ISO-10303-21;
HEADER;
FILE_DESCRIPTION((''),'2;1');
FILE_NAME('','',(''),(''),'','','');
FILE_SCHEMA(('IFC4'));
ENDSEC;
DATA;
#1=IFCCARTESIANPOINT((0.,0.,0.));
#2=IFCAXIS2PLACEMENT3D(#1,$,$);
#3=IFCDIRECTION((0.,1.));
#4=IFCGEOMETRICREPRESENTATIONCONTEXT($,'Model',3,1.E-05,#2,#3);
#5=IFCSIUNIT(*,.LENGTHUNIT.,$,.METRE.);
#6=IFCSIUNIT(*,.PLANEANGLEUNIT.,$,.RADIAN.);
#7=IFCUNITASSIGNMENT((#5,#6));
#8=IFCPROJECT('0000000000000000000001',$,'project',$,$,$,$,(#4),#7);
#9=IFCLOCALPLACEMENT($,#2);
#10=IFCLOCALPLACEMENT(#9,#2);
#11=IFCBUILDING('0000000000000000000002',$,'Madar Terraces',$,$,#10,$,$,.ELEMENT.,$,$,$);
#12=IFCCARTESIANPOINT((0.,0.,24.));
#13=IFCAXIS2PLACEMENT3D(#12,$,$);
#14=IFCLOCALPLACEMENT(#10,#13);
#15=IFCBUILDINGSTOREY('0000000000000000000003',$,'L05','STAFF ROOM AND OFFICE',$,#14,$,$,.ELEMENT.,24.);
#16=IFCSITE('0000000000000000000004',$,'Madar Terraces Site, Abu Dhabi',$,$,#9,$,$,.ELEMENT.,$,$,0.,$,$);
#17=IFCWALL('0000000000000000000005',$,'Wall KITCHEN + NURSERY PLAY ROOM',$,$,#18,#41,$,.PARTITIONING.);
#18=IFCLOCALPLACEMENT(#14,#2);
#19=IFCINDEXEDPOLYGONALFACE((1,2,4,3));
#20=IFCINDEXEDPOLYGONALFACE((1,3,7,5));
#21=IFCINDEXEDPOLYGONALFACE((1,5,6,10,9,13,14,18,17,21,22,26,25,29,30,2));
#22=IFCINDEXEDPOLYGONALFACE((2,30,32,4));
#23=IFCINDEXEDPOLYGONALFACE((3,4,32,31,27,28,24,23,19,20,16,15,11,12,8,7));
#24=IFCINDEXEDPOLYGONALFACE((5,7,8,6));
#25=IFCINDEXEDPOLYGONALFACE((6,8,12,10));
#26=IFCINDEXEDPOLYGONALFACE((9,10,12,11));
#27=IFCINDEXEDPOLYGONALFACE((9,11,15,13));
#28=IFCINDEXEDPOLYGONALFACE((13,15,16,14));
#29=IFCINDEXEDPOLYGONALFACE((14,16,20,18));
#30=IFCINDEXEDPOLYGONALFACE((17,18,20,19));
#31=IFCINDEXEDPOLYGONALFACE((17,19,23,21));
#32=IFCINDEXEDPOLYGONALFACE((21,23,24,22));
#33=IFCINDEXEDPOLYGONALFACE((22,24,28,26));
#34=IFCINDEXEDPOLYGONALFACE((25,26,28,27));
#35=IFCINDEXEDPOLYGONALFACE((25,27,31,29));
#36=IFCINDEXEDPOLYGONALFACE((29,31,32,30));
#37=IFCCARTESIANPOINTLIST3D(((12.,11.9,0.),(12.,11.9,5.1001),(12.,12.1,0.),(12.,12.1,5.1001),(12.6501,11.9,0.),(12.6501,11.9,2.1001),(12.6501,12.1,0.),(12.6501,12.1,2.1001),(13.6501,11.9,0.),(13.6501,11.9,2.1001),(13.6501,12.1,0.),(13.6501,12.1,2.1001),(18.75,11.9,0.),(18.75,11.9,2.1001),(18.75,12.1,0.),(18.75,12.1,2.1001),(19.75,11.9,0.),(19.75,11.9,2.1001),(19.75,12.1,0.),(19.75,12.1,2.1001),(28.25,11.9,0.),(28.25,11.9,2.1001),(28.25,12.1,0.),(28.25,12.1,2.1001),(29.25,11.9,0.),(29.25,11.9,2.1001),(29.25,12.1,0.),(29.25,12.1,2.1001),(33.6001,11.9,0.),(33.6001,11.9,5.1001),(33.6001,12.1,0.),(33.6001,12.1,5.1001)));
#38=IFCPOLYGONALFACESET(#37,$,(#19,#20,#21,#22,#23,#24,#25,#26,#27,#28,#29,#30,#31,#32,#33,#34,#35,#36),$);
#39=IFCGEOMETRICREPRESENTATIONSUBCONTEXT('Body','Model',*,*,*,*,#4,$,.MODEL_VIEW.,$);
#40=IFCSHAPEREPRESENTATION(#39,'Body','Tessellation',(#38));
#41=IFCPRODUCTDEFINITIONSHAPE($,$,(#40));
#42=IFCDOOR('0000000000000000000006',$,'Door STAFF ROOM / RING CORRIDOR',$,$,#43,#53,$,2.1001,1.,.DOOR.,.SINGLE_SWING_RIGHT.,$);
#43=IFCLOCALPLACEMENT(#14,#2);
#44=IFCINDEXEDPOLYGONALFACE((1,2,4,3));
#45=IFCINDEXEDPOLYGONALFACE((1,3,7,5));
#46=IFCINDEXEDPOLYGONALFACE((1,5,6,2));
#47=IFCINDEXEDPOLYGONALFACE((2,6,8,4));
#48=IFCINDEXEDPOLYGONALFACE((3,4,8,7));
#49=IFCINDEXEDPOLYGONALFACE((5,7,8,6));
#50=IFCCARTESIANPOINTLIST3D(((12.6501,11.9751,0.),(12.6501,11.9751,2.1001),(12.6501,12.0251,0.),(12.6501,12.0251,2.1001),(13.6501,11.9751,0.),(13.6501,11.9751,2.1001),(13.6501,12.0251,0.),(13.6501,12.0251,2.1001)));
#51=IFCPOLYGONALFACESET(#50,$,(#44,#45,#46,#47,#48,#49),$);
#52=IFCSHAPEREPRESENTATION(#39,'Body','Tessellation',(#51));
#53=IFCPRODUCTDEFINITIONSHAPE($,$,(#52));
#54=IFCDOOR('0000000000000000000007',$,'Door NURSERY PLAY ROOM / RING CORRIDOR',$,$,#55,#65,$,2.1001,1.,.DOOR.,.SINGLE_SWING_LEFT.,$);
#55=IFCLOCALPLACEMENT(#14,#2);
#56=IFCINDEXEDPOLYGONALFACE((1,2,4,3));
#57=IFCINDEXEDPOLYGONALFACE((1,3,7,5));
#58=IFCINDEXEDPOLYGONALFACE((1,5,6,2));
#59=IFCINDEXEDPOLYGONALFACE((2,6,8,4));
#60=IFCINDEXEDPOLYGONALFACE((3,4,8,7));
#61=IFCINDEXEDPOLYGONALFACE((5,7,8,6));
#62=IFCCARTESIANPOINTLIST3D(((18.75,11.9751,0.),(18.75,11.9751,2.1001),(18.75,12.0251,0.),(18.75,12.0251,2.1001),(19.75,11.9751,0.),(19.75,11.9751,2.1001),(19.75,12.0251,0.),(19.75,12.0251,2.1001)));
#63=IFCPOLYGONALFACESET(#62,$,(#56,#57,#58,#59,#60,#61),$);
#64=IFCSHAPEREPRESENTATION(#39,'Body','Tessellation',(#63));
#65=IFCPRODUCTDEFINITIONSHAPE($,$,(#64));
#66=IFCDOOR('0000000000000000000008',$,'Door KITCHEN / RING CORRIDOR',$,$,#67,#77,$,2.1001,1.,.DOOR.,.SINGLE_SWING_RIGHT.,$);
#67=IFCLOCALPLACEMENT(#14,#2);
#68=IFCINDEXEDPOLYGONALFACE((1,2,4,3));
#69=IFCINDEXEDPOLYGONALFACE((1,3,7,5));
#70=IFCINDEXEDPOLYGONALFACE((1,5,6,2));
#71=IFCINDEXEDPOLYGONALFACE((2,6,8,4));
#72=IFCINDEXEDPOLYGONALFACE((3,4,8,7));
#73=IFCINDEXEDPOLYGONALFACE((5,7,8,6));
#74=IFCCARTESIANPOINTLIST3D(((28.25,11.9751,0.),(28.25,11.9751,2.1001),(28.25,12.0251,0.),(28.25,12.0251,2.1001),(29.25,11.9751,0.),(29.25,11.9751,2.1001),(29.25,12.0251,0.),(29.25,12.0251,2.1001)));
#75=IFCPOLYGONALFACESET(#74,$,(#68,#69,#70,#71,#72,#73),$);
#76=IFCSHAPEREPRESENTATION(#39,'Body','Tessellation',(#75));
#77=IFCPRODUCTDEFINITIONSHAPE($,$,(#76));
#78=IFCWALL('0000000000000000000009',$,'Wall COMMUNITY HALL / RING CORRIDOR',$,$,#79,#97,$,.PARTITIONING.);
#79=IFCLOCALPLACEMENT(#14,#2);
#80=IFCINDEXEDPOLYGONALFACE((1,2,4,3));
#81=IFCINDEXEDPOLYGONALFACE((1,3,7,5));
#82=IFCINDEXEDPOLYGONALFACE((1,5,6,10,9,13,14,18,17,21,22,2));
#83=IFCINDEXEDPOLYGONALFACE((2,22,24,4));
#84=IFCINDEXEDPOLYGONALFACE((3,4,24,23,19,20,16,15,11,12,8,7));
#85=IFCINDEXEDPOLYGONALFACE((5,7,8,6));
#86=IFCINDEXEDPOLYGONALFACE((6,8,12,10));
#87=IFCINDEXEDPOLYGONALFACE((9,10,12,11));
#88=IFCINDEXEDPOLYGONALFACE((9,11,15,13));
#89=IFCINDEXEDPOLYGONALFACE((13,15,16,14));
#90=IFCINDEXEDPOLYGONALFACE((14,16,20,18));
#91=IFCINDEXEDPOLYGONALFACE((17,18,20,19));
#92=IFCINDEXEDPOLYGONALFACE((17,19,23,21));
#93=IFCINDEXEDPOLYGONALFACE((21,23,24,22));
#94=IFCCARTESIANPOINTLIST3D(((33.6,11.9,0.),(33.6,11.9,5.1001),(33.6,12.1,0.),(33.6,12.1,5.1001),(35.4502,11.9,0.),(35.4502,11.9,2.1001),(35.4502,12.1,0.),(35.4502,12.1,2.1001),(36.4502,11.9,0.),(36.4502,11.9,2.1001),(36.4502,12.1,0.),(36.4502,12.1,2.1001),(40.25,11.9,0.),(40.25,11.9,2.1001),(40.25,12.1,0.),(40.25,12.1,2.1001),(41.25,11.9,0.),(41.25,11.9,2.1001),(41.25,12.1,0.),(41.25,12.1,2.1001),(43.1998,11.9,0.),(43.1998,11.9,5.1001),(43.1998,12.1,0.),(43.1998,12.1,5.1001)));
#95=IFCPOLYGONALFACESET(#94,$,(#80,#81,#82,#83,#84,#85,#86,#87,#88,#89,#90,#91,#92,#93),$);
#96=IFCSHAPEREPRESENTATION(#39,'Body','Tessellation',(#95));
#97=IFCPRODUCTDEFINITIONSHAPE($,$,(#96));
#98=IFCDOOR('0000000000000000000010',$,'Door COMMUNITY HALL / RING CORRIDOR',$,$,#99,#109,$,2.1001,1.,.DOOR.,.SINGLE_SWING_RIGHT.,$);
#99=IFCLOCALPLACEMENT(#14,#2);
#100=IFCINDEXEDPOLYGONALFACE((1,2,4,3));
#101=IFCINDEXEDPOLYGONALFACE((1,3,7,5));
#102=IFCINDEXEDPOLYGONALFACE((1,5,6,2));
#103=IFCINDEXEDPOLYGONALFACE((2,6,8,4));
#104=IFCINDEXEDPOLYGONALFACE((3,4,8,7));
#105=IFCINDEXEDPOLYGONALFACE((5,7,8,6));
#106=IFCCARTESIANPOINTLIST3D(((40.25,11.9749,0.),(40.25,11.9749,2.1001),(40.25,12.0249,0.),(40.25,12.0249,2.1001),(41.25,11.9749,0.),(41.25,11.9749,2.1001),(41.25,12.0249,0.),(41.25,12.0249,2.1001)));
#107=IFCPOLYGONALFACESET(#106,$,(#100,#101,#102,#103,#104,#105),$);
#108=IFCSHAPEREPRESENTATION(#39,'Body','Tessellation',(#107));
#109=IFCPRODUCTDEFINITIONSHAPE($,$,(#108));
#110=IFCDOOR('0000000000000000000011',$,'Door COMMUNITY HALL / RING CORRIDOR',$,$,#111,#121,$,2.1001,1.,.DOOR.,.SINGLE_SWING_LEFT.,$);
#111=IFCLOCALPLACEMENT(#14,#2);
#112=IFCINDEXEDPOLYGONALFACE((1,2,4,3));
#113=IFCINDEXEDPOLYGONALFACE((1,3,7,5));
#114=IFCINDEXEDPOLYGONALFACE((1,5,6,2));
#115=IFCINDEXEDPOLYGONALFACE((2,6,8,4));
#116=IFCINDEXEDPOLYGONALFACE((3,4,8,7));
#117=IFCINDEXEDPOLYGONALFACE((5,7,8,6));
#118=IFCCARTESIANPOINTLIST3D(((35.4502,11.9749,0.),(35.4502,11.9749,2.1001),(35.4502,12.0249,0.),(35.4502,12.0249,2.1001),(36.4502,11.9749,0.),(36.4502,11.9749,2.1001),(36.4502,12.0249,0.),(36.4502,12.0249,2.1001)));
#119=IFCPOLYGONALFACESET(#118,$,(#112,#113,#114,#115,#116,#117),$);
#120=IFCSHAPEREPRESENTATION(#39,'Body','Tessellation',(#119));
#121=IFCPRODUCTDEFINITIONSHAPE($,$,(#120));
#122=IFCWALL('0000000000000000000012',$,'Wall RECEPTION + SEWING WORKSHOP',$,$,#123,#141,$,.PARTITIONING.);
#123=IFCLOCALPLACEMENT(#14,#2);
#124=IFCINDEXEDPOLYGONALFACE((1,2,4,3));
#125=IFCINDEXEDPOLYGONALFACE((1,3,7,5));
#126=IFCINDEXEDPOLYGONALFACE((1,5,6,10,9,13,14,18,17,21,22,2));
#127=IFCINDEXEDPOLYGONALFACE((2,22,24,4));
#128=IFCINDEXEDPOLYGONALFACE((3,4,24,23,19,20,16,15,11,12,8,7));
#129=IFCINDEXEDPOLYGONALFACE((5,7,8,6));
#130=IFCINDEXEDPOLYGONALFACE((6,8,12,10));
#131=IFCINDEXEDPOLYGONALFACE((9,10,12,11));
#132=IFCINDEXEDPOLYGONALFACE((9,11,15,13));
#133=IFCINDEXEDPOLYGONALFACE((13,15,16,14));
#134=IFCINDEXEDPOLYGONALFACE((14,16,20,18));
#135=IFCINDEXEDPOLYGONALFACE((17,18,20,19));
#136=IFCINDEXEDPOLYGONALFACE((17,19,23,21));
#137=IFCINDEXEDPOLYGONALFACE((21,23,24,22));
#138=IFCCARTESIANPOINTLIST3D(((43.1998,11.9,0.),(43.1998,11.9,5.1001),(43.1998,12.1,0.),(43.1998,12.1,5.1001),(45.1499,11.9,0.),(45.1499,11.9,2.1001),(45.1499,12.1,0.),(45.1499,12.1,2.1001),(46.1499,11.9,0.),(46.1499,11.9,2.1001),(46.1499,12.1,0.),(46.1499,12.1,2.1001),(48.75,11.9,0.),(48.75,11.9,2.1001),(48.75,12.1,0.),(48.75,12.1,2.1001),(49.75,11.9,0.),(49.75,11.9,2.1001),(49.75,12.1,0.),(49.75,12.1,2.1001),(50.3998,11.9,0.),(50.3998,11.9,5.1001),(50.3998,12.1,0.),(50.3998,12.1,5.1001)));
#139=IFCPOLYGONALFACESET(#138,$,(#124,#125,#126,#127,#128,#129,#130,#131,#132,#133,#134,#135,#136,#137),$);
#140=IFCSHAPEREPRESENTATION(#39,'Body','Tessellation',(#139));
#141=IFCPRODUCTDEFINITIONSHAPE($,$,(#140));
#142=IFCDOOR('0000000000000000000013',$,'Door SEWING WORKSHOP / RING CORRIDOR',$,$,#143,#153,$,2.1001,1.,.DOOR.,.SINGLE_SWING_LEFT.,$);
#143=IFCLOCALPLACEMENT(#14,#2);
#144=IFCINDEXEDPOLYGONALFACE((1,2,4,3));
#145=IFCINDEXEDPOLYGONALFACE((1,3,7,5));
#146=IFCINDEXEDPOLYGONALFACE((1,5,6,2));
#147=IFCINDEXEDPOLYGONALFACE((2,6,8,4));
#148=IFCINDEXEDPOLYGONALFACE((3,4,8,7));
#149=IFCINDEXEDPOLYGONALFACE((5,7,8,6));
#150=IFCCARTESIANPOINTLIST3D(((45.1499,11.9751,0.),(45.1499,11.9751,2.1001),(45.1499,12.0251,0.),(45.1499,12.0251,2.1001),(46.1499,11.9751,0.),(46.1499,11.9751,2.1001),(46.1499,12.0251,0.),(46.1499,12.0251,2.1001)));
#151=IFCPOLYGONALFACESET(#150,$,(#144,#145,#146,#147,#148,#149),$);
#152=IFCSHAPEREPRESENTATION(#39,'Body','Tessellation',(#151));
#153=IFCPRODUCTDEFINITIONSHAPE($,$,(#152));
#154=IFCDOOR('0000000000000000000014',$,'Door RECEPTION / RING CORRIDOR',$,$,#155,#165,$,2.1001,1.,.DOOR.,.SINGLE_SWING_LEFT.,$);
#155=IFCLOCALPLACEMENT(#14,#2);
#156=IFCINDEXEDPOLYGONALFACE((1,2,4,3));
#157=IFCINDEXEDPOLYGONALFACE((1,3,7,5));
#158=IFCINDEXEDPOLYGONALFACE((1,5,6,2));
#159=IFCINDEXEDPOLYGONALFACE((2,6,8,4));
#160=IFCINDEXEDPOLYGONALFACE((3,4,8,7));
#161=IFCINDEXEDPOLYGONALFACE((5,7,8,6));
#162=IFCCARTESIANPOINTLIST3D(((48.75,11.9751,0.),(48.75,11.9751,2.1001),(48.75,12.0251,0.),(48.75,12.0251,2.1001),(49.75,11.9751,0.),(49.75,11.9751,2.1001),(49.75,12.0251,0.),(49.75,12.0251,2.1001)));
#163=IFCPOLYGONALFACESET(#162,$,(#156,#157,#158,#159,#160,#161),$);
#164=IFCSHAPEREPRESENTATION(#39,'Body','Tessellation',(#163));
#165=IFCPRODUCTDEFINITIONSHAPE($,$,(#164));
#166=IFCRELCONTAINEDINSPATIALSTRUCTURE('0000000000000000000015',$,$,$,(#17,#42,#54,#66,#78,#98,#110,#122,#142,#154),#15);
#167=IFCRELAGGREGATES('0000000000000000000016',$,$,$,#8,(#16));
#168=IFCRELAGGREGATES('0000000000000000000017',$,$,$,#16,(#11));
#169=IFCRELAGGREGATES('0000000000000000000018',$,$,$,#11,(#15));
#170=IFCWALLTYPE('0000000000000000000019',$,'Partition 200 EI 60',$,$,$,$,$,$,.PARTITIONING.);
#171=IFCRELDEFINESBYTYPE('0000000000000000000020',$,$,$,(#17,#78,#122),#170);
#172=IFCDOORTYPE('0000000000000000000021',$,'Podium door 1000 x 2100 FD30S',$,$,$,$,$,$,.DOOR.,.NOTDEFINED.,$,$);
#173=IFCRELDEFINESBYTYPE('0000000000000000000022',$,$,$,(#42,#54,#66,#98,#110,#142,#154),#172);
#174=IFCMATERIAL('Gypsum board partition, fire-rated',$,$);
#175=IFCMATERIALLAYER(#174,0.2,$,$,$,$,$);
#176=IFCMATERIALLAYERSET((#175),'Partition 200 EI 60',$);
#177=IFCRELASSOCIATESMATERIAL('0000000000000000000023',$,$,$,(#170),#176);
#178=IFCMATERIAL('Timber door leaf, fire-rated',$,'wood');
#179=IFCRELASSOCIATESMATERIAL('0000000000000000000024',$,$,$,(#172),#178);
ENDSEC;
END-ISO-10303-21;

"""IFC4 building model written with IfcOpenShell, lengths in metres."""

from ifc_helpers import new_model, si_unit, direction, frame, frame_2d, origin, place, context, subcontext, project, spatial, rectangle, extrude, material, layer, layer_set, type_object, element, fill, save


model = new_model("IFC4")

# Units and contexts
model_context = context("Model", 3, precision=1e-05, world=origin(), true_north=direction((0.0, 1.0)))
body_context = subcontext(model_context, "Body", "Model", "MODEL_VIEW")
ifc_project = project(units=[si_unit("LENGTHUNIT", "METRE"), si_unit("PLANEANGLEUNIT", "RADIAN")], contexts=[model_context])

# Site, building, storey
site_placement = place(None, origin())
site = spatial("IfcSite", under=ifc_project, at=site_placement, Name="Madar Terraces Site, Abu Dhabi", CompositionType="ELEMENT", RefElevation=0.0)
building_placement = place(site_placement, origin())
building = spatial("IfcBuilding", under=site, at=building_placement, Name="Madar Terraces", CompositionType="ELEMENT")
storey_placement = place(building_placement, frame((0.0, 0.0, 24.0)))
storey = spatial("IfcBuildingStorey", under=building, at=storey_placement, Name="L05", Description="STAFF ROOM AND OFFICE", CompositionType="ELEMENT", Elevation=24.0)

# Shared definitions
ifc_material_1 = material(Name="Gypsum board partition, fire-rated")
ifc_layer_1 = layer(ifc_material_1, 0.2)
ifc_layer_set_1 = layer_set([ifc_layer_1], Name="Partition 200 EI 60")
wall_type_1 = type_object("IfcWallType", Name="Partition 200 EI 60", PredefinedType="PARTITIONING", material=ifc_layer_set_1)

# Walls, openings, doors
wall_1_placement = place(storey_placement, frame((33.6001, 12.0, 0.0), z_axis=(0.0, 0.0, 1.0), x_axis=(-1.0, 0.0, 0.0)))
wall_1 = element("IfcWall", 1, at=wall_1_placement, inside=storey, type_object=wall_type_1, Name="Wall KITCHEN + NURSERY PLAY ROOM", PredefinedType="PARTITIONING", context=body_context, shape_type="SweptSolid", body=[
    extrude(rectangle(XDim=21.6001, YDim=0.2, at=frame_2d((10.8, 0.0))), origin(), (0.0, 0.0, 1.0), 5.1001),
])
opening_1_placement = place(wall_1_placement, frame((19.95, 0.0, 0.0)))
opening_1 = element("IfcOpeningElement", 2, at=opening_1_placement, cuts=wall_1, PredefinedType="OPENING", context=body_context, shape_type="SweptSolid", body=[
    extrude(rectangle(XDim=1.0, YDim=2.1001, at=frame_2d((0.5, 1.05))), frame((0.0, 0.1099, 0.0), z_axis=(0.0, -1.0, 0.0), x_axis=(1.0, 0.0, 0.0)), (0.0, 0.0, 1.0), 0.22),
])
opening_2_placement = place(wall_1_placement, frame((13.8501, 0.0, 0.0)))
opening_2 = element("IfcOpeningElement", 3, at=opening_2_placement, cuts=wall_1, PredefinedType="OPENING", context=body_context, shape_type="SweptSolid", body=[
    extrude(rectangle(XDim=1.0, YDim=2.1001, at=frame_2d((0.5, 1.05))), frame((0.0, 0.1099, 0.0), z_axis=(0.0, -1.0, 0.0), x_axis=(1.0, 0.0, 0.0)), (0.0, 0.0, 1.0), 0.22),
])
opening_3_placement = place(wall_1_placement, frame((4.3501, 0.0, 0.0)))
opening_3 = element("IfcOpeningElement", 4, at=opening_3_placement, cuts=wall_1, PredefinedType="OPENING", context=body_context, shape_type="SweptSolid", body=[
    extrude(rectangle(XDim=1.0, YDim=2.1001, at=frame_2d((0.5, 1.05))), frame((0.0, 0.1099, 0.0), z_axis=(0.0, -1.0, 0.0), x_axis=(1.0, 0.0, 0.0)), (0.0, 0.0, 1.0), 0.22),
])
ifc_material_2 = material(Name="Timber door leaf, fire-rated", Category="wood")
door_type = type_object("IfcDoorType", Name="Podium door 1000 x 2100 FD30S", OperationType="NOTDEFINED", PredefinedType="DOOR", material=ifc_material_2)
door_1_placement = place(opening_1_placement, origin())
door_1 = element("IfcDoor", 5, at=door_1_placement, inside=storey, type_object=door_type, Name="Door STAFF ROOM / RING CORRIDOR", OperationType="SINGLE_SWING_RIGHT", OverallHeight=2.1001, OverallWidth=1.0, PredefinedType="DOOR", context=body_context, shape_type="SweptSolid", body=[
    extrude(rectangle(XDim=1.0, YDim=2.1001, at=frame_2d((0.5, 1.05))), frame((0.0, 0.0249, 0.0), z_axis=(0.0, -1.0, 0.0), x_axis=(1.0, 0.0, 0.0)), (0.0, 0.0, 1.0), 0.05),
])
fill(opening_1, door_1)
door_2_placement = place(opening_2_placement, origin())
door_2 = element("IfcDoor", 6, at=door_2_placement, inside=storey, type_object=door_type, Name="Door NURSERY PLAY ROOM / RING CORRIDOR", OperationType="SINGLE_SWING_LEFT", OverallHeight=2.1001, OverallWidth=1.0, PredefinedType="DOOR", context=body_context, shape_type="SweptSolid", body=[
    extrude(rectangle(XDim=1.0, YDim=2.1001, at=frame_2d((0.5, 1.05))), frame((0.0, 0.0249, 0.0), z_axis=(0.0, -1.0, 0.0), x_axis=(1.0, 0.0, 0.0)), (0.0, 0.0, 1.0), 0.05),
])
fill(opening_2, door_2)
door_3_placement = place(opening_3_placement, origin())
door_3 = element("IfcDoor", 7, at=door_3_placement, inside=storey, type_object=door_type, Name="Door KITCHEN / RING CORRIDOR", OperationType="SINGLE_SWING_RIGHT", OverallHeight=2.1001, OverallWidth=1.0, PredefinedType="DOOR", context=body_context, shape_type="SweptSolid", body=[
    extrude(rectangle(XDim=1.0, YDim=2.1001, at=frame_2d((0.5, 1.05))), frame((0.0, 0.0249, 0.0), z_axis=(0.0, -1.0, 0.0), x_axis=(1.0, 0.0, 0.0)), (0.0, 0.0, 1.0), 0.05),
])
fill(opening_3, door_3)
wall_2_placement = place(storey_placement, frame((33.6001, 12.0, 0.0), z_axis=(0.0, 0.0, 1.0), x_axis=(1.0, 0.0, 0.0)))
wall_2 = element("IfcWall", 8, at=wall_2_placement, inside=storey, type_object=wall_type_1, Name="Wall COMMUNITY HALL / RING CORRIDOR", PredefinedType="PARTITIONING", context=body_context, shape_type="SweptSolid", body=[
    extrude(rectangle(XDim=9.5999, YDim=0.2, at=frame_2d((4.7998, 0.0))), origin(), (0.0, 0.0, 1.0), 5.1001),
])
opening_4_placement = place(wall_2_placement, frame((6.6499, 0.0, 0.0)))
opening_4 = element("IfcOpeningElement", 9, at=opening_4_placement, cuts=wall_2, PredefinedType="OPENING", context=body_context, shape_type="SweptSolid", body=[
    extrude(rectangle(XDim=1.0, YDim=2.1001, at=frame_2d((0.5, 1.05))), frame((0.0, 0.1099, 0.0), z_axis=(0.0, -1.0, 0.0), x_axis=(1.0, 0.0, 0.0)), (0.0, 0.0, 1.0), 0.22),
])
opening_5_placement = place(wall_2_placement, frame((1.8501, 0.0, 0.0)))
opening_5 = element("IfcOpeningElement", 10, at=opening_5_placement, cuts=wall_2, PredefinedType="OPENING", context=body_context, shape_type="SweptSolid", body=[
    extrude(rectangle(XDim=1.0, YDim=2.1001, at=frame_2d((0.5, 1.05))), frame((0.0, 0.1099, 0.0), z_axis=(0.0, -1.0, 0.0), x_axis=(1.0, 0.0, 0.0)), (0.0, 0.0, 1.0), 0.22),
])
door_4_placement = place(opening_4_placement, origin())
door_4 = element("IfcDoor", 11, at=door_4_placement, inside=storey, type_object=door_type, Name="Door COMMUNITY HALL / RING CORRIDOR", OperationType="SINGLE_SWING_RIGHT", OverallHeight=2.1001, OverallWidth=1.0, PredefinedType="DOOR", context=body_context, shape_type="SweptSolid", body=[
    extrude(rectangle(XDim=1.0, YDim=2.1001, at=frame_2d((0.5, 1.05))), frame((0.0, 0.0249, 0.0), z_axis=(0.0, -1.0, 0.0), x_axis=(1.0, 0.0, 0.0)), (0.0, 0.0, 1.0), 0.05),
])
fill(opening_4, door_4)
door_5_placement = place(opening_5_placement, origin())
door_5 = element("IfcDoor", 12, at=door_5_placement, inside=storey, type_object=door_type, Name="Door COMMUNITY HALL / RING CORRIDOR", OperationType="SINGLE_SWING_LEFT", OverallHeight=2.1001, OverallWidth=1.0, PredefinedType="DOOR", context=body_context, shape_type="SweptSolid", body=[
    extrude(rectangle(XDim=1.0, YDim=2.1001, at=frame_2d((0.5, 1.05))), frame((0.0, 0.0249, 0.0), z_axis=(0.0, -1.0, 0.0), x_axis=(1.0, 0.0, 0.0)), (0.0, 0.0, 1.0), 0.05),
])
fill(opening_5, door_5)
wall_3_placement = place(storey_placement, frame((50.3999, 12.0, 0.0), z_axis=(0.0, 0.0, 1.0), x_axis=(-1.0, 0.0, 0.0)))
wall_3 = element("IfcWall", 13, at=wall_3_placement, inside=storey, type_object=wall_type_1, Name="Wall RECEPTION + SEWING WORKSHOP", PredefinedType="PARTITIONING", context=body_context, shape_type="SweptSolid", body=[
    extrude(rectangle(XDim=7.2, YDim=0.2, at=frame_2d((3.6001, 0.0))), origin(), (0.0, 0.0, 1.0), 5.1001),
])
opening_6_placement = place(wall_3_placement, frame((4.25, 0.0, 0.0)))
opening_6 = element("IfcOpeningElement", 14, at=opening_6_placement, cuts=wall_3, PredefinedType="OPENING", context=body_context, shape_type="SweptSolid", body=[
    extrude(rectangle(XDim=1.0, YDim=2.1001, at=frame_2d((0.5, 1.05))), frame((0.0, 0.1099, 0.0), z_axis=(0.0, -1.0, 0.0), x_axis=(1.0, 0.0, 0.0)), (0.0, 0.0, 1.0), 0.22),
])
opening_7_placement = place(wall_3_placement, frame((0.6499, 0.0, 0.0)))
opening_7 = element("IfcOpeningElement", 15, at=opening_7_placement, cuts=wall_3, PredefinedType="OPENING", context=body_context, shape_type="SweptSolid", body=[
    extrude(rectangle(XDim=1.0, YDim=2.1001, at=frame_2d((0.5, 1.05))), frame((0.0, 0.1099, 0.0), z_axis=(0.0, -1.0, 0.0), x_axis=(1.0, 0.0, 0.0)), (0.0, 0.0, 1.0), 0.22),
])
door_6_placement = place(opening_6_placement, origin())
door_6 = element("IfcDoor", 16, at=door_6_placement, inside=storey, type_object=door_type, Name="Door SEWING WORKSHOP / RING CORRIDOR", OperationType="SINGLE_SWING_LEFT", OverallHeight=2.1001, OverallWidth=1.0, PredefinedType="DOOR", context=body_context, shape_type="SweptSolid", body=[
    extrude(rectangle(XDim=1.0, YDim=2.1001, at=frame_2d((0.5, 1.05))), frame((0.0, 0.0249, 0.0), z_axis=(0.0, -1.0, 0.0), x_axis=(1.0, 0.0, 0.0)), (0.0, 0.0, 1.0), 0.05),
])
fill(opening_6, door_6)
door_7_placement = place(opening_7_placement, origin())
door_7 = element("IfcDoor", 17, at=door_7_placement, inside=storey, type_object=door_type, Name="Door RECEPTION / RING CORRIDOR", OperationType="SINGLE_SWING_LEFT", OverallHeight=2.1001, OverallWidth=1.0, PredefinedType="DOOR", context=body_context, shape_type="SweptSolid", body=[
    extrude(rectangle(XDim=1.0, YDim=2.1001, at=frame_2d((0.5, 1.05))), frame((0.0, 0.0249, 0.0), z_axis=(0.0, -1.0, 0.0), x_axis=(1.0, 0.0, 0.0)), (0.0, 0.0, 1.0), 0.05),
])
fill(opening_7, door_7)

save(model, "model.ifc")
